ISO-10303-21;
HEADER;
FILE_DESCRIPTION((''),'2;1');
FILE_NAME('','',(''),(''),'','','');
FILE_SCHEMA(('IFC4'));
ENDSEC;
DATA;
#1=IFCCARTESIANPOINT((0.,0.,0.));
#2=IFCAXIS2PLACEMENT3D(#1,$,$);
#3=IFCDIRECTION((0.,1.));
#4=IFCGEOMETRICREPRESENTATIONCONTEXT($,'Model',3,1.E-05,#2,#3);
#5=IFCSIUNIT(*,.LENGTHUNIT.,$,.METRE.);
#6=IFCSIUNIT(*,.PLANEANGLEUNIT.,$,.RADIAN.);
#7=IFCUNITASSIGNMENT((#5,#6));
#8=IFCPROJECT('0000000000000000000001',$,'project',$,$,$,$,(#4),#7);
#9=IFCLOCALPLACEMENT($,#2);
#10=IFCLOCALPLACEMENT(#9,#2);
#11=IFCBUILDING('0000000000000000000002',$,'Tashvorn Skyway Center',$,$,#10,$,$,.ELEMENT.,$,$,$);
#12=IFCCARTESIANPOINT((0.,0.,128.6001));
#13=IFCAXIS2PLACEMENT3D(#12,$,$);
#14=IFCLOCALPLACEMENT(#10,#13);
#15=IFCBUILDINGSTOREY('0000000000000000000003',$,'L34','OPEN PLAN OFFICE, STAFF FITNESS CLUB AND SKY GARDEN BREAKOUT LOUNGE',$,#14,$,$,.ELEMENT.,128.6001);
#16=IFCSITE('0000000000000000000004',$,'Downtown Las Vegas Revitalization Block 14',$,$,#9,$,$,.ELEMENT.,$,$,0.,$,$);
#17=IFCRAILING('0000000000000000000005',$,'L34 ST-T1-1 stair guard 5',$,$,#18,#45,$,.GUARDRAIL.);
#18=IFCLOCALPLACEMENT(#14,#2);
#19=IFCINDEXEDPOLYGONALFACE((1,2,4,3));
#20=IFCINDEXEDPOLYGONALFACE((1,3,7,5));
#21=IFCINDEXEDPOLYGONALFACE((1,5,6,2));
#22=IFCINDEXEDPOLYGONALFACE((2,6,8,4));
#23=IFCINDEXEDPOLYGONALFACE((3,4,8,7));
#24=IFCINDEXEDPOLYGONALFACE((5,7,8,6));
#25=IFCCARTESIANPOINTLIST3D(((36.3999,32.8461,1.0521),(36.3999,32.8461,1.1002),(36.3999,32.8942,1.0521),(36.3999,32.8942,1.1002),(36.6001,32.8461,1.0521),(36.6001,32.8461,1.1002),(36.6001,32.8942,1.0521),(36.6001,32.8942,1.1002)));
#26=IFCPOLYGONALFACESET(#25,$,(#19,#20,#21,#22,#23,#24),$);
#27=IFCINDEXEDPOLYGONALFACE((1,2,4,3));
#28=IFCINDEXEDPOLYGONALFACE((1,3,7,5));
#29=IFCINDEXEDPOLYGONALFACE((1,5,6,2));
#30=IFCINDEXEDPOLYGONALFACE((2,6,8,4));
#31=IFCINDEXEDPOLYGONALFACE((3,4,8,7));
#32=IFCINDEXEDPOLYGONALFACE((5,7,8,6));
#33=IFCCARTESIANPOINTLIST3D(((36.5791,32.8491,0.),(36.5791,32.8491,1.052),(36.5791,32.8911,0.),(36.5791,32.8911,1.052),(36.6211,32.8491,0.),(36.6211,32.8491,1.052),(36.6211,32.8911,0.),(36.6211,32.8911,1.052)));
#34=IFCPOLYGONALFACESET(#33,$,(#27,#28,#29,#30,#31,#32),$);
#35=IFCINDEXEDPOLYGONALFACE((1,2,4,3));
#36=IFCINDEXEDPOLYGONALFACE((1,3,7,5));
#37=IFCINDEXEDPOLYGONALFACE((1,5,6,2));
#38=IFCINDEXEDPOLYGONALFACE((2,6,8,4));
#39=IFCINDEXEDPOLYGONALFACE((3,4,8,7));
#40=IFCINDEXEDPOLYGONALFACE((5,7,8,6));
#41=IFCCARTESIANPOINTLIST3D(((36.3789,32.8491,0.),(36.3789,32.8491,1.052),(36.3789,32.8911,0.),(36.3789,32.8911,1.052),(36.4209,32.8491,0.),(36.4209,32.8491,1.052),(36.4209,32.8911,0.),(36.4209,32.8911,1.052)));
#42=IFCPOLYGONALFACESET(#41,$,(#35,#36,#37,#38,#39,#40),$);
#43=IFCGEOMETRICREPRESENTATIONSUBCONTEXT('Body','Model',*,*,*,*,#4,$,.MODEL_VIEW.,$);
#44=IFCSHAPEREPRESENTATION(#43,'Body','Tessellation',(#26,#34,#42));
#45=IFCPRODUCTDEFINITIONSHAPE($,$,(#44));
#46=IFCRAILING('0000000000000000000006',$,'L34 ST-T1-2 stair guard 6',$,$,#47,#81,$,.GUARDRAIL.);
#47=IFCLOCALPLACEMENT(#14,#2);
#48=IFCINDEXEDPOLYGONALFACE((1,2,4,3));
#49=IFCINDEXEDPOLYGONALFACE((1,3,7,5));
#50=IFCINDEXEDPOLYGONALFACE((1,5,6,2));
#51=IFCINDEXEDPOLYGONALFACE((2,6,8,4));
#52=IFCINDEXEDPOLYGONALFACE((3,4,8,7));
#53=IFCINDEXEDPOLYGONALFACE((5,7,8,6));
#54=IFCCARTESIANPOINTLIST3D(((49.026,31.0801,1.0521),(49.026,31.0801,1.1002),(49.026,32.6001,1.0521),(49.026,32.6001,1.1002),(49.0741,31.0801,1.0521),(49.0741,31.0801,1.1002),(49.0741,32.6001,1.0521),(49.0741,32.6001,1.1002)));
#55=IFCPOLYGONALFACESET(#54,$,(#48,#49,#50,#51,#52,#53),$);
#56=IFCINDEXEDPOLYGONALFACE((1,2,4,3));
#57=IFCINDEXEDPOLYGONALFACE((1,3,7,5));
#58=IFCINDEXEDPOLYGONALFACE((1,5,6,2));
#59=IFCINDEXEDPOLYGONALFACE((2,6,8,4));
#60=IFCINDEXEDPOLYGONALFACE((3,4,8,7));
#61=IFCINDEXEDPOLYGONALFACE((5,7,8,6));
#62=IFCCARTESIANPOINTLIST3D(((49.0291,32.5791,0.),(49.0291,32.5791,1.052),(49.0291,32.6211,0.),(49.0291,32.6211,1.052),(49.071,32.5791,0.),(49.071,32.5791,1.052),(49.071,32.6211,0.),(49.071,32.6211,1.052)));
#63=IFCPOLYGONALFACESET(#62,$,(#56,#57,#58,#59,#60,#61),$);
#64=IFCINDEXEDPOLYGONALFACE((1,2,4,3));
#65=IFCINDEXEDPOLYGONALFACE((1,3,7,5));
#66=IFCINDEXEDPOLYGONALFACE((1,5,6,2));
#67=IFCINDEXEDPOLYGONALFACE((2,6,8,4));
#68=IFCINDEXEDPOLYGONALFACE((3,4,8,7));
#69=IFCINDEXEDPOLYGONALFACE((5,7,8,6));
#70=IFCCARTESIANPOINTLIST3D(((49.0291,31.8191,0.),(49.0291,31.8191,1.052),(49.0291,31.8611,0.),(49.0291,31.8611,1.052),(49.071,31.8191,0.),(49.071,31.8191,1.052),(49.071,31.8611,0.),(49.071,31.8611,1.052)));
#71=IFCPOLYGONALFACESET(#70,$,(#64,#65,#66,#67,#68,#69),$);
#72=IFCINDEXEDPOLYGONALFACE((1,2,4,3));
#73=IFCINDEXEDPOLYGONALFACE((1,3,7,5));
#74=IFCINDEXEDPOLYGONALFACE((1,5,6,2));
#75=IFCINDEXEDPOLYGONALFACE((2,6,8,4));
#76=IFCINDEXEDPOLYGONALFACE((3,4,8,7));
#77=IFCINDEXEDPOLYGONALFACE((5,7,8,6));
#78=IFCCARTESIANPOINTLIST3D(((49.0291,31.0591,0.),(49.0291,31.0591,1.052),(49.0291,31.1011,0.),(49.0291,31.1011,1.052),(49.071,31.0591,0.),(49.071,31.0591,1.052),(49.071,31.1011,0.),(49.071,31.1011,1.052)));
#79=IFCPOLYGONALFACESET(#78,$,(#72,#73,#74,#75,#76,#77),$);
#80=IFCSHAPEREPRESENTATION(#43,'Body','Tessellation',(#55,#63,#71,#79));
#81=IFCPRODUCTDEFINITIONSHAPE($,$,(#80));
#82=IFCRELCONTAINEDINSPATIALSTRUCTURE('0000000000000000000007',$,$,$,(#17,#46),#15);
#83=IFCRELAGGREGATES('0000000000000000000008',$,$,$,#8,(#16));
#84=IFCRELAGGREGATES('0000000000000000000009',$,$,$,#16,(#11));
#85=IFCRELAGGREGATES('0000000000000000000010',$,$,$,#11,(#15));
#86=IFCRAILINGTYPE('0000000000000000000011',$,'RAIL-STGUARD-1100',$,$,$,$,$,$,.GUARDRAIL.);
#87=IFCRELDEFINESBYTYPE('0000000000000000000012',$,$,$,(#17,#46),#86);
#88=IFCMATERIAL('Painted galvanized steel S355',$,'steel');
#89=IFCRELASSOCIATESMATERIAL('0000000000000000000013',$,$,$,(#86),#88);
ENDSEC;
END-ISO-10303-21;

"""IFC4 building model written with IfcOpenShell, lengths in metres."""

from ifc_helpers import new_model, si_unit, direction, frame, origin, origin_2d, place, context, subcontext, project, spatial, rectangle, extrude, material, type_object, element, save


model = new_model("IFC4")

# Units and contexts
model_context = context("Model", 3, precision=1e-05, world=origin(), true_north=direction((0.0, 1.0)))
body_context = subcontext(model_context, "Body", "Model", "MODEL_VIEW")
ifc_project = project(units=[si_unit("LENGTHUNIT", "METRE"), si_unit("PLANEANGLEUNIT", "RADIAN")], contexts=[model_context])

# Site, building, storey
site_placement = place(None, origin())
site = spatial("IfcSite", under=ifc_project, at=site_placement, Name="Downtown Las Vegas Revitalization Block 14", CompositionType="ELEMENT", RefElevation=0.0)
building_placement = place(site_placement, origin())
building = spatial("IfcBuilding", under=site, at=building_placement, Name="Tashvorn Skyway Center", CompositionType="ELEMENT")
storey_placement = place(building_placement, frame((0.0, 0.0, 128.6001)))
storey = spatial("IfcBuildingStorey", under=building, at=storey_placement, Name="L34", Description="OPEN PLAN OFFICE, STAFF FITNESS CLUB AND SKY GARDEN BREAKOUT LOUNGE", CompositionType="ELEMENT", Elevation=128.6001)

# Railings
ifc_material_1 = material(Name="Painted galvanized steel S355", Category="steel")
railing_type_1 = type_object("IfcRailingType", Name="RAIL-STGUARD-1100", PredefinedType="GUARDRAIL", material=ifc_material_1)
for number, where, name in (
    (1, (36.6001, 32.8701, 0.0), "L34 ST-T1-1 stair guard 5"),
):
    element("IfcRailing", number, at=place(storey_placement, frame(where)), inside=storey, type_object=railing_type_1, Name=name, PredefinedType="GUARDRAIL", context=body_context, shape_type="SweptSolid", body=[
        extrude(rectangle(XDim=0.0481, YDim=0.0481, at=origin_2d()), frame((0.0, 0.0, 1.0762), z_axis=(-1.0, 0.0, 0.0), x_axis=(0.0, -1.0, 0.0)), (0.0, 0.0, 1.0), 0.2002),
        extrude(rectangle(XDim=0.042, YDim=0.042, at=origin_2d()), origin(), (0.0, 0.0, 1.0), 1.052),
        extrude(rectangle(XDim=0.042, YDim=0.042, at=origin_2d()), frame((-0.2002, 0.0, 0.0)), (0.0, 0.0, 1.0), 1.052),
    ])
railing_1_placement = place(storey_placement, frame((49.05, 32.6001, 0.0)))
element("IfcRailing", 2, at=railing_1_placement, inside=storey, type_object=railing_type_1, Name="L34 ST-T1-2 stair guard 6", PredefinedType="GUARDRAIL", context=body_context, shape_type="SweptSolid", body=[
    extrude(rectangle(XDim=0.0481, YDim=0.0481, at=origin_2d()), frame((0.0, 0.0, 1.0762), z_axis=(0.0, -1.0, 0.0), x_axis=(1.0, 0.0, 0.0)), (0.0, 0.0, 1.0), 1.52),
    extrude(rectangle(XDim=0.042, YDim=0.042, at=origin_2d()), origin(), (0.0, 0.0, 1.0), 1.052),
    extrude(rectangle(XDim=0.042, YDim=0.042, at=origin_2d()), frame((0.0, -0.76, 0.0)), (0.0, 0.0, 1.0), 1.052),
    extrude(rectangle(XDim=0.042, YDim=0.042, at=origin_2d()), frame((0.0, -1.52, 0.0)), (0.0, 0.0, 1.0), 1.052),
])

save(model, "model.ifc")
